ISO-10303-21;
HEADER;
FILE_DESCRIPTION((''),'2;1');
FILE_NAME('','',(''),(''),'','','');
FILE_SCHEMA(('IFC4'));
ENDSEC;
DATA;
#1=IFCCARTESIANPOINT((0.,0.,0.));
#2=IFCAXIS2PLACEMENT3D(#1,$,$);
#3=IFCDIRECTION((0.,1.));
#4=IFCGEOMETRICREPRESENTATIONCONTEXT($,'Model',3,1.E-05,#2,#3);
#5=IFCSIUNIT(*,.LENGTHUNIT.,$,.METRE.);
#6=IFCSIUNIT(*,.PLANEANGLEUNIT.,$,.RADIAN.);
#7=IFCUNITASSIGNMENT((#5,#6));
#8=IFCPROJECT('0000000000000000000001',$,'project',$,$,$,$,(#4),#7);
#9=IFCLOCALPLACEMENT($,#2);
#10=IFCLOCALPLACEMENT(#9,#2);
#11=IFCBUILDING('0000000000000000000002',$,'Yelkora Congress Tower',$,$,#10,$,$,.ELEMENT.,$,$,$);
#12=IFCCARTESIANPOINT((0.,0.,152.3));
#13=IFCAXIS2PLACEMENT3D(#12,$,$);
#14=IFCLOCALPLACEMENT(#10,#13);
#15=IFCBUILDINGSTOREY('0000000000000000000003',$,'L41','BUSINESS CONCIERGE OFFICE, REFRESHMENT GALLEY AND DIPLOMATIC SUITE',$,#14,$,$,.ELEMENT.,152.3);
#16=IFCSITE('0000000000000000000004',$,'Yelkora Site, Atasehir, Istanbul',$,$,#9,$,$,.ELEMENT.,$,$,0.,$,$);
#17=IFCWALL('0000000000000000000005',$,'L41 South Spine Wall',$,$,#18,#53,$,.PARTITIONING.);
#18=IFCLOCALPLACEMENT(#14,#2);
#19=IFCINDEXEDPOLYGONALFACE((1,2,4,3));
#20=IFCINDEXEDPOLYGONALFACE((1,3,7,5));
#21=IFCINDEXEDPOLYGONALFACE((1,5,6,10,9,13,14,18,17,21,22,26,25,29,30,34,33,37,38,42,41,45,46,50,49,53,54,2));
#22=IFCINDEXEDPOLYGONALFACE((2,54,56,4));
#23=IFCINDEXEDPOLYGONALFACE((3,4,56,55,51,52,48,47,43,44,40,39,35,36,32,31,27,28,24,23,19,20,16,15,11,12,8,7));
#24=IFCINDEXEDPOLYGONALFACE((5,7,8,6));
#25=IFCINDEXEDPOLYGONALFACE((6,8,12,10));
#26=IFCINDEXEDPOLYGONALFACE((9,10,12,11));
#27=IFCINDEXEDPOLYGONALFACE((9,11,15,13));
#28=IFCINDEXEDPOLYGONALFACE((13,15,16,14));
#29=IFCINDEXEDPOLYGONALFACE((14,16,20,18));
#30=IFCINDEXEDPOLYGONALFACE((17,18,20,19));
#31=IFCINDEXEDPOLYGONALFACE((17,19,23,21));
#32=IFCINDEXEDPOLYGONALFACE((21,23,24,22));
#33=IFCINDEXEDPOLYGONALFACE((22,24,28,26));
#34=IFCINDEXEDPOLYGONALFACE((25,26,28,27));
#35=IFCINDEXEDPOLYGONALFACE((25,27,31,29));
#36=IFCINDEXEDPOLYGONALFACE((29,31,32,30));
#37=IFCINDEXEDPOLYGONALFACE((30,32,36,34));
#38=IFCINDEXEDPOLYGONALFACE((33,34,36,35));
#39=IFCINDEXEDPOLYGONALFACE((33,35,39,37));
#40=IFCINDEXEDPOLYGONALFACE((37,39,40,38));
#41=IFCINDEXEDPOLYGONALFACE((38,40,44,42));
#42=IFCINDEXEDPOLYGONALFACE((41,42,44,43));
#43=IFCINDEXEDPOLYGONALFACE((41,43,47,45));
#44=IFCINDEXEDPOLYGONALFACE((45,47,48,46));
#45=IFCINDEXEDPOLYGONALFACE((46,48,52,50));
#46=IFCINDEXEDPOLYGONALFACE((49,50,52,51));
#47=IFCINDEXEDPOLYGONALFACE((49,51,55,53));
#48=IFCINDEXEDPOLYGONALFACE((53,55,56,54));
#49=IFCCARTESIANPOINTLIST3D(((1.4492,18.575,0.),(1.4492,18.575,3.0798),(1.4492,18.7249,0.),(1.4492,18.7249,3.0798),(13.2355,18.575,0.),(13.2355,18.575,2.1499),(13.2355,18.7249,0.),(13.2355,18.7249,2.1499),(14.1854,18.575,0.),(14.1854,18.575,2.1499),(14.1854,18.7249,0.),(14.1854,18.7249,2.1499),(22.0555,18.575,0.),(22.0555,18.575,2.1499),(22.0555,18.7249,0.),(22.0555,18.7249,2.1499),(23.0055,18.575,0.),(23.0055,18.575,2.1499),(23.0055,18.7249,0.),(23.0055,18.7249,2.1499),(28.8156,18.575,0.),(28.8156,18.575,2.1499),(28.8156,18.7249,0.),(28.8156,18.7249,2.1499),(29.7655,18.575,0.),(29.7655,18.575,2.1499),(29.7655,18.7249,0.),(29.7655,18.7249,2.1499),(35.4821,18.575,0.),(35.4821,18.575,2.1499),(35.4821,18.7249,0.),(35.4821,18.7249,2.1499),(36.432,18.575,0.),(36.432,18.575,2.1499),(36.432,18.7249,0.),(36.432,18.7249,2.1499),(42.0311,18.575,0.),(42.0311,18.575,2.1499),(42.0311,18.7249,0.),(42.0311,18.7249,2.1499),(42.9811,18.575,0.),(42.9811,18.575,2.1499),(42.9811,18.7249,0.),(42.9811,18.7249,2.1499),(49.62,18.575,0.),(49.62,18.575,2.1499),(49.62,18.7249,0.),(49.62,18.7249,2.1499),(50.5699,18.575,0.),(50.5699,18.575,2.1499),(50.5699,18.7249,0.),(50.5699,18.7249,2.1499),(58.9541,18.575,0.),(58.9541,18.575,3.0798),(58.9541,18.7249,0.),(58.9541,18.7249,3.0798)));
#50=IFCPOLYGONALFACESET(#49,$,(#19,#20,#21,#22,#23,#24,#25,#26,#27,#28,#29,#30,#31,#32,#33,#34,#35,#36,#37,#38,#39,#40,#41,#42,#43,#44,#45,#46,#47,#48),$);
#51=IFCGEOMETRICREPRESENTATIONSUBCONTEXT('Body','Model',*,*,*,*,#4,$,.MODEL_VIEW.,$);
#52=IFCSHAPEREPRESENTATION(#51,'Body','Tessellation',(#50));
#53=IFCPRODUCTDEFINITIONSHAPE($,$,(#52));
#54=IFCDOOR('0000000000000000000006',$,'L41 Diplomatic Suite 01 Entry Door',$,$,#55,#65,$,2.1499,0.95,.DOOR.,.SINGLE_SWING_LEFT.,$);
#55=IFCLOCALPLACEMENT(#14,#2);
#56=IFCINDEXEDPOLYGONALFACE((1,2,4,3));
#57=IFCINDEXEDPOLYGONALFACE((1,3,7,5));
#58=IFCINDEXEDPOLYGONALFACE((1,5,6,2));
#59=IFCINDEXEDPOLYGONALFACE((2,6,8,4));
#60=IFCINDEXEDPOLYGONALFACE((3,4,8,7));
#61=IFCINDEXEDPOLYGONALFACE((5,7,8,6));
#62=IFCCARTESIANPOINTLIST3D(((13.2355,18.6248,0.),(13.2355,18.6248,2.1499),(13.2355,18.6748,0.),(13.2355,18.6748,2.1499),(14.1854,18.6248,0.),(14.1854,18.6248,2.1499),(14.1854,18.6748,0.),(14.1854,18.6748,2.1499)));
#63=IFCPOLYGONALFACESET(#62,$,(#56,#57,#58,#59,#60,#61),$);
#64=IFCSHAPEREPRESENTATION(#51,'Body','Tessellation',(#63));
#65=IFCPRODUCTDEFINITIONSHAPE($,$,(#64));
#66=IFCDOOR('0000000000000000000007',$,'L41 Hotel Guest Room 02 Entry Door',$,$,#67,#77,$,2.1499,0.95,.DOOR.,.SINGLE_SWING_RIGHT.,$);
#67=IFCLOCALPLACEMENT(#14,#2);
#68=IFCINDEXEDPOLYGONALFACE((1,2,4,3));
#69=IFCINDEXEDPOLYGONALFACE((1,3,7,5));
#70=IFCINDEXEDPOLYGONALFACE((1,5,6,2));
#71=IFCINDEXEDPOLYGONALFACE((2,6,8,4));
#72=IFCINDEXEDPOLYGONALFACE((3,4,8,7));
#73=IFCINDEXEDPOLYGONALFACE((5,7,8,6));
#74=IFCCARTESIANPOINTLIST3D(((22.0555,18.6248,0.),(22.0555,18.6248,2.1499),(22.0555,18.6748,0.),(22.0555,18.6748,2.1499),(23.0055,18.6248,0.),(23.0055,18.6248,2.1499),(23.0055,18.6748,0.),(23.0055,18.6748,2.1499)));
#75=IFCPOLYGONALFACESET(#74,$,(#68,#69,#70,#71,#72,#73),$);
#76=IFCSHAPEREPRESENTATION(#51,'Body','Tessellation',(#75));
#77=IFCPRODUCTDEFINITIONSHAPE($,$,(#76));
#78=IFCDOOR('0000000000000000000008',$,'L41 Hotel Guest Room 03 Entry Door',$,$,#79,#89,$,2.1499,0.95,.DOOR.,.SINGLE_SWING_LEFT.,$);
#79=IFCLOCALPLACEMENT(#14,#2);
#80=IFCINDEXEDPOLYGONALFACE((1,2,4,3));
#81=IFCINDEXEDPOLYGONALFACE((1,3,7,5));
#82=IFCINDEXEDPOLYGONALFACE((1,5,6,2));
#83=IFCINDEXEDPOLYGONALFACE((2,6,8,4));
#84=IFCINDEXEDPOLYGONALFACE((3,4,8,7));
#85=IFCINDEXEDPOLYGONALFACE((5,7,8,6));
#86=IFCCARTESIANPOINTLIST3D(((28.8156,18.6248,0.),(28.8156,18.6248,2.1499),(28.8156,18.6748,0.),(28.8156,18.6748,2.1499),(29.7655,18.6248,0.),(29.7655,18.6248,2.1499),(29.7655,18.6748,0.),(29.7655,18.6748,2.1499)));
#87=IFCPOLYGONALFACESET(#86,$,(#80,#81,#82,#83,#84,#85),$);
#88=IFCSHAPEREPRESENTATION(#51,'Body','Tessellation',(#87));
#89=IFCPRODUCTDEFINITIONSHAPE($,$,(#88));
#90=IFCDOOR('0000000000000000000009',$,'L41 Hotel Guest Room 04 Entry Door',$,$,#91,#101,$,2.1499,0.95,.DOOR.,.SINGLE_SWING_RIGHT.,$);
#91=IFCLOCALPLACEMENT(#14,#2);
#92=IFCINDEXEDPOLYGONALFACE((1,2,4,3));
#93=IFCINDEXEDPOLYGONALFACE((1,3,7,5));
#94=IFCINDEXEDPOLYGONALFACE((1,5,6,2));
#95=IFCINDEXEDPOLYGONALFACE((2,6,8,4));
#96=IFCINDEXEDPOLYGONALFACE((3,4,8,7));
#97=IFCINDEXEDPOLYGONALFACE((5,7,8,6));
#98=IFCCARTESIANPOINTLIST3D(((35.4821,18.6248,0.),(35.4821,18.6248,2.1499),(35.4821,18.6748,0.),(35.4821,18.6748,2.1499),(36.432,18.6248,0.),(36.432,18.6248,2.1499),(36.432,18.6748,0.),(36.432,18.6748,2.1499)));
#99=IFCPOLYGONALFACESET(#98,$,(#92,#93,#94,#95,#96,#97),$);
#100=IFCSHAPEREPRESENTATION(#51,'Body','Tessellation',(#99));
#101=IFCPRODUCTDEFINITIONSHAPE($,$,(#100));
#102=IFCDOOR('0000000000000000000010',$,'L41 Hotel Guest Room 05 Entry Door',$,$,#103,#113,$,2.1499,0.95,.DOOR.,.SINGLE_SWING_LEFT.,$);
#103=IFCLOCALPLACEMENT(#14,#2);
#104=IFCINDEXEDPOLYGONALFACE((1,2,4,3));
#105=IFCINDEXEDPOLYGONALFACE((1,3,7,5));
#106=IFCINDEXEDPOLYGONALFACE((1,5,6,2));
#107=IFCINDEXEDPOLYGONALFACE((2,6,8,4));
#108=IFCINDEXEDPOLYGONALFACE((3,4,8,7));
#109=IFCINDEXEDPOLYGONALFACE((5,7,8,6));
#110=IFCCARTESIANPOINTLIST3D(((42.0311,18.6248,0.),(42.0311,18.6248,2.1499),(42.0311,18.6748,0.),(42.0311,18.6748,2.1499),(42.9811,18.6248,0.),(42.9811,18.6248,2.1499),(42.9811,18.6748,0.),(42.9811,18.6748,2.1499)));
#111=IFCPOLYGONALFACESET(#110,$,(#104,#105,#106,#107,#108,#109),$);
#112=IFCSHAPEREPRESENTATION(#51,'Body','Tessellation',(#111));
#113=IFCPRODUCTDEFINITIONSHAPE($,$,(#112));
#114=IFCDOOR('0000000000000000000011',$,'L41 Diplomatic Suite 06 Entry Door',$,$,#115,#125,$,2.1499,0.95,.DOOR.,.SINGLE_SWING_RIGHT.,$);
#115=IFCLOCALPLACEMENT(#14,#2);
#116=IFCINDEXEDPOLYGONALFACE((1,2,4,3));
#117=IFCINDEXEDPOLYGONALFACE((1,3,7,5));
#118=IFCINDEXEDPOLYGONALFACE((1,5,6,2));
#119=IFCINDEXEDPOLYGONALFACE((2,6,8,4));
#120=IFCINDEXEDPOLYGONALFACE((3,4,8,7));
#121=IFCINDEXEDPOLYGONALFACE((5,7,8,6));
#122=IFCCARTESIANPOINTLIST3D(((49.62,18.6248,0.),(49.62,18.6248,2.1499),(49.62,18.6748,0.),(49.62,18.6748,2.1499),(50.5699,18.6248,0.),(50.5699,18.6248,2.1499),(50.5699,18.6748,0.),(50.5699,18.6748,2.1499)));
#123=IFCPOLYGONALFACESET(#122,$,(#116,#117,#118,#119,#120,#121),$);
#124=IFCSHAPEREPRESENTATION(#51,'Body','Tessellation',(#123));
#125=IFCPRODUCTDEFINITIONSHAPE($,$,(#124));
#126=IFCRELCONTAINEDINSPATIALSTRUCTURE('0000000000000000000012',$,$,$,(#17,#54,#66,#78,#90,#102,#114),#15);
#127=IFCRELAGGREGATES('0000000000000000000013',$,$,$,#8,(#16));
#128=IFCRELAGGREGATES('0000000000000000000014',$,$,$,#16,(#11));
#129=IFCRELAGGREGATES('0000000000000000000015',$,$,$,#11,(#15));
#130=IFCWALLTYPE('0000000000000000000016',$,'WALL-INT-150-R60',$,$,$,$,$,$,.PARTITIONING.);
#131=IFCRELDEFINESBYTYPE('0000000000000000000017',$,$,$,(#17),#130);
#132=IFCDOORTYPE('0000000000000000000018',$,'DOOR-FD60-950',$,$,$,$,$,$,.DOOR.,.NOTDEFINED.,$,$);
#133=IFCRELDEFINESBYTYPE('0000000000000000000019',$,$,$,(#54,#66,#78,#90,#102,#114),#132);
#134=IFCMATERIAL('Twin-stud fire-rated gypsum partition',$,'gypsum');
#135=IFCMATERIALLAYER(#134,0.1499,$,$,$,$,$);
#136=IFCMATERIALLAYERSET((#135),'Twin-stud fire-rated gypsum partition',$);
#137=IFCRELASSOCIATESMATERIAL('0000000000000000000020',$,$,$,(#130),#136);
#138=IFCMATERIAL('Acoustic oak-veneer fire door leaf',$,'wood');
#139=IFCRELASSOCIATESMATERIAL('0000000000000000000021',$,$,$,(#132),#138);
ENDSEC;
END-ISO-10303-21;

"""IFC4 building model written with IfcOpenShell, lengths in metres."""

from ifc_helpers import new_model, si_unit, direction, frame, frame_2d, origin, place, context, subcontext, project, spatial, rectangle, extrude, material, layer, layer_set, type_object, element, fill, save


model = new_model("IFC4")

# Units and contexts
model_context = context("Model", 3, precision=1e-05, world=origin(), true_north=direction((0.0, 1.0)))
body_context = subcontext(model_context, "Body", "Model", "MODEL_VIEW")
ifc_project = project(units=[si_unit("LENGTHUNIT", "METRE"), si_unit("PLANEANGLEUNIT", "RADIAN")], contexts=[model_context])

# Site, building, storey
site_placement = place(None, origin())
site = spatial("IfcSite", under=ifc_project, at=site_placement, Name="Yelkora Site, Atasehir, Istanbul", CompositionType="ELEMENT", RefElevation=0.0)
building_placement = place(site_placement, origin())
building = spatial("IfcBuilding", under=site, at=building_placement, Name="Yelkora Congress Tower", CompositionType="ELEMENT")
storey_placement = place(building_placement, frame((0.0, 0.0, 152.3)))
storey = spatial("IfcBuildingStorey", under=building, at=storey_placement, Name="L41", Description="BUSINESS CONCIERGE OFFICE, REFRESHMENT GALLEY AND DIPLOMATIC SUITE", CompositionType="ELEMENT", Elevation=152.3)

# Wall, openings, doors
ifc_material_1 = material(Name="Twin-stud fire-rated gypsum partition", Category="gypsum")
ifc_layer_1 = layer(ifc_material_1, 0.1499)
ifc_layer_set_1 = layer_set([ifc_layer_1], Name="Twin-stud fire-rated gypsum partition")
wall_type_1 = type_object("IfcWallType", Name="WALL-INT-150-R60", PredefinedType="PARTITIONING", material=ifc_layer_set_1)
wall_1_placement = place(storey_placement, frame((1.4492, 18.6499, 0.0), z_axis=(0.0, 0.0, 1.0), x_axis=(1.0, 0.0, 0.0)))
wall_1 = element("IfcWall", 1, at=wall_1_placement, inside=storey, type_object=wall_type_1, Name="L41 South Spine Wall", PredefinedType="PARTITIONING", context=body_context, shape_type="SweptSolid", body=[
    extrude(rectangle(XDim=57.5049, YDim=0.1499, at=frame_2d((28.7524, 0.0))), origin(), (0.0, 0.0, 1.0), 3.0798),
])
opening_1_placement = place(wall_1_placement, frame((11.7861, 0.0, 0.0)))
opening_1 = element("IfcOpeningElement", 2, at=opening_1_placement, cuts=wall_1, PredefinedType="OPENING", context=body_context, shape_type="SweptSolid", body=[
    extrude(rectangle(XDim=0.95, YDim=2.1499, at=frame_2d((0.4751, 1.075))), frame((0.0, 0.085, 0.0), z_axis=(0.0, -1.0, 0.0), x_axis=(1.0, 0.0, 0.0)), (0.0, 0.0, 1.0), 0.1699),
])
opening_2_placement = place(wall_1_placement, frame((20.6062, 0.0, 0.0)))
opening_2 = element("IfcOpeningElement", 3, at=opening_2_placement, cuts=wall_1, PredefinedType="OPENING", context=body_context, shape_type="SweptSolid", body=[
    extrude(rectangle(XDim=0.95, YDim=2.1499, at=frame_2d((0.4751, 1.075))), frame((0.0, 0.085, 0.0), z_axis=(0.0, -1.0, 0.0), x_axis=(1.0, 0.0, 0.0)), (0.0, 0.0, 1.0), 0.1699),
])
opening_3_placement = place(wall_1_placement, frame((27.3662, 0.0, 0.0)))
opening_3 = element("IfcOpeningElement", 4, at=opening_3_placement, cuts=wall_1, PredefinedType="OPENING", context=body_context, shape_type="SweptSolid", body=[
    extrude(rectangle(XDim=0.95, YDim=2.1499, at=frame_2d((0.4751, 1.075))), frame((0.0, 0.085, 0.0), z_axis=(0.0, -1.0, 0.0), x_axis=(1.0, 0.0, 0.0)), (0.0, 0.0, 1.0), 0.1699),
])
opening_4_placement = place(wall_1_placement, frame((34.0327, 0.0, 0.0)))
opening_4 = element("IfcOpeningElement", 5, at=opening_4_placement, cuts=wall_1, PredefinedType="OPENING", context=body_context, shape_type="SweptSolid", body=[
    extrude(rectangle(XDim=0.95, YDim=2.1499, at=frame_2d((0.4751, 1.075))), frame((0.0, 0.085, 0.0), z_axis=(0.0, -1.0, 0.0), x_axis=(1.0, 0.0, 0.0)), (0.0, 0.0, 1.0), 0.1699),
])
opening_5_placement = place(wall_1_placement, frame((40.5818, 0.0, 0.0)))
opening_5 = element("IfcOpeningElement", 6, at=opening_5_placement, cuts=wall_1, PredefinedType="OPENING", context=body_context, shape_type="SweptSolid", body=[
    extrude(rectangle(XDim=0.95, YDim=2.1499, at=frame_2d((0.4751, 1.075))), frame((0.0, 0.085, 0.0), z_axis=(0.0, -1.0, 0.0), x_axis=(1.0, 0.0, 0.0)), (0.0, 0.0, 1.0), 0.1699),
])
opening_6_placement = place(wall_1_placement, frame((48.1707, 0.0, 0.0)))
opening_6 = element("IfcOpeningElement", 7, at=opening_6_placement, cuts=wall_1, PredefinedType="OPENING", context=body_context, shape_type="SweptSolid", body=[
    extrude(rectangle(XDim=0.95, YDim=2.1499, at=frame_2d((0.4751, 1.075))), frame((0.0, 0.085, 0.0), z_axis=(0.0, -1.0, 0.0), x_axis=(1.0, 0.0, 0.0)), (0.0, 0.0, 1.0), 0.1699),
])
ifc_material_2 = material(Name="Acoustic oak-veneer fire door leaf", Category="wood")
door_type_1 = type_object("IfcDoorType", Name="DOOR-FD60-950", OperationType="NOTDEFINED", PredefinedType="DOOR", material=ifc_material_2)
door_1_placement = place(opening_1_placement, origin())
door_1 = element("IfcDoor", 8, at=door_1_placement, inside=storey, type_object=door_type_1, Name="L41 Diplomatic Suite 01 Entry Door", OperationType="SINGLE_SWING_LEFT", OverallHeight=2.1499, OverallWidth=0.95, PredefinedType="DOOR", context=body_context, shape_type="SweptSolid", body=[
    extrude(rectangle(XDim=0.95, YDim=2.1499, at=frame_2d((0.4751, 1.075))), frame((0.0, 0.0249, 0.0), z_axis=(0.0, -1.0, 0.0), x_axis=(1.0, 0.0, 0.0)), (0.0, 0.0, 1.0), 0.05),
])
fill(opening_1, door_1)
door_2_placement = place(opening_2_placement, origin())
door_2 = element("IfcDoor", 9, at=door_2_placement, inside=storey, type_object=door_type_1, Name="L41 Hotel Guest Room 02 Entry Door", OperationType="SINGLE_SWING_RIGHT", OverallHeight=2.1499, OverallWidth=0.95, PredefinedType="DOOR", context=body_context, shape_type="SweptSolid", body=[
    extrude(rectangle(XDim=0.95, YDim=2.1499, at=frame_2d((0.4751, 1.075))), frame((0.0, 0.0249, 0.0), z_axis=(0.0, -1.0, 0.0), x_axis=(1.0, 0.0, 0.0)), (0.0, 0.0, 1.0), 0.05),
])
fill(opening_2, door_2)
door_3_placement = place(opening_3_placement, origin())
door_3 = element("IfcDoor", 10, at=door_3_placement, inside=storey, type_object=door_type_1, Name="L41 Hotel Guest Room 03 Entry Door", OperationType="SINGLE_SWING_LEFT", OverallHeight=2.1499, OverallWidth=0.95, PredefinedType="DOOR", context=body_context, shape_type="SweptSolid", body=[
    extrude(rectangle(XDim=0.95, YDim=2.1499, at=frame_2d((0.4751, 1.075))), frame((0.0, 0.0249, 0.0), z_axis=(0.0, -1.0, 0.0), x_axis=(1.0, 0.0, 0.0)), (0.0, 0.0, 1.0), 0.05),
])
fill(opening_3, door_3)
door_4_placement = place(opening_4_placement, origin())
door_4 = element("IfcDoor", 11, at=door_4_placement, inside=storey, type_object=door_type_1, Name="L41 Hotel Guest Room 04 Entry Door", OperationType="SINGLE_SWING_RIGHT", OverallHeight=2.1499, OverallWidth=0.95, PredefinedType="DOOR", context=body_context, shape_type="SweptSolid", body=[
    extrude(rectangle(XDim=0.95, YDim=2.1499, at=frame_2d((0.4751, 1.075))), frame((0.0, 0.0249, 0.0), z_axis=(0.0, -1.0, 0.0), x_axis=(1.0, 0.0, 0.0)), (0.0, 0.0, 1.0), 0.05),
])
fill(opening_4, door_4)
door_5_placement = place(opening_5_placement, origin())
door_5 = element("IfcDoor", 12, at=door_5_placement, inside=storey, type_object=door_type_1, Name="L41 Hotel Guest Room 05 Entry Door", OperationType="SINGLE_SWING_LEFT", OverallHeight=2.1499, OverallWidth=0.95, PredefinedType="DOOR", context=body_context, shape_type="SweptSolid", body=[
    extrude(rectangle(XDim=0.95, YDim=2.1499, at=frame_2d((0.4751, 1.075))), frame((0.0, 0.0249, 0.0), z_axis=(0.0, -1.0, 0.0), x_axis=(1.0, 0.0, 0.0)), (0.0, 0.0, 1.0), 0.05),
])
fill(opening_5, door_5)
door_6_placement = place(opening_6_placement, origin())
door_6 = element("IfcDoor", 13, at=door_6_placement, inside=storey, type_object=door_type_1, Name="L41 Diplomatic Suite 06 Entry Door", OperationType="SINGLE_SWING_RIGHT", OverallHeight=2.1499, OverallWidth=0.95, PredefinedType="DOOR", context=body_context, shape_type="SweptSolid", body=[
    extrude(rectangle(XDim=0.95, YDim=2.1499, at=frame_2d((0.4751, 1.075))), frame((0.0, 0.0249, 0.0), z_axis=(0.0, -1.0, 0.0), x_axis=(1.0, 0.0, 0.0)), (0.0, 0.0, 1.0), 0.05),
])
fill(opening_6, door_6)

save(model, "model.ifc")
